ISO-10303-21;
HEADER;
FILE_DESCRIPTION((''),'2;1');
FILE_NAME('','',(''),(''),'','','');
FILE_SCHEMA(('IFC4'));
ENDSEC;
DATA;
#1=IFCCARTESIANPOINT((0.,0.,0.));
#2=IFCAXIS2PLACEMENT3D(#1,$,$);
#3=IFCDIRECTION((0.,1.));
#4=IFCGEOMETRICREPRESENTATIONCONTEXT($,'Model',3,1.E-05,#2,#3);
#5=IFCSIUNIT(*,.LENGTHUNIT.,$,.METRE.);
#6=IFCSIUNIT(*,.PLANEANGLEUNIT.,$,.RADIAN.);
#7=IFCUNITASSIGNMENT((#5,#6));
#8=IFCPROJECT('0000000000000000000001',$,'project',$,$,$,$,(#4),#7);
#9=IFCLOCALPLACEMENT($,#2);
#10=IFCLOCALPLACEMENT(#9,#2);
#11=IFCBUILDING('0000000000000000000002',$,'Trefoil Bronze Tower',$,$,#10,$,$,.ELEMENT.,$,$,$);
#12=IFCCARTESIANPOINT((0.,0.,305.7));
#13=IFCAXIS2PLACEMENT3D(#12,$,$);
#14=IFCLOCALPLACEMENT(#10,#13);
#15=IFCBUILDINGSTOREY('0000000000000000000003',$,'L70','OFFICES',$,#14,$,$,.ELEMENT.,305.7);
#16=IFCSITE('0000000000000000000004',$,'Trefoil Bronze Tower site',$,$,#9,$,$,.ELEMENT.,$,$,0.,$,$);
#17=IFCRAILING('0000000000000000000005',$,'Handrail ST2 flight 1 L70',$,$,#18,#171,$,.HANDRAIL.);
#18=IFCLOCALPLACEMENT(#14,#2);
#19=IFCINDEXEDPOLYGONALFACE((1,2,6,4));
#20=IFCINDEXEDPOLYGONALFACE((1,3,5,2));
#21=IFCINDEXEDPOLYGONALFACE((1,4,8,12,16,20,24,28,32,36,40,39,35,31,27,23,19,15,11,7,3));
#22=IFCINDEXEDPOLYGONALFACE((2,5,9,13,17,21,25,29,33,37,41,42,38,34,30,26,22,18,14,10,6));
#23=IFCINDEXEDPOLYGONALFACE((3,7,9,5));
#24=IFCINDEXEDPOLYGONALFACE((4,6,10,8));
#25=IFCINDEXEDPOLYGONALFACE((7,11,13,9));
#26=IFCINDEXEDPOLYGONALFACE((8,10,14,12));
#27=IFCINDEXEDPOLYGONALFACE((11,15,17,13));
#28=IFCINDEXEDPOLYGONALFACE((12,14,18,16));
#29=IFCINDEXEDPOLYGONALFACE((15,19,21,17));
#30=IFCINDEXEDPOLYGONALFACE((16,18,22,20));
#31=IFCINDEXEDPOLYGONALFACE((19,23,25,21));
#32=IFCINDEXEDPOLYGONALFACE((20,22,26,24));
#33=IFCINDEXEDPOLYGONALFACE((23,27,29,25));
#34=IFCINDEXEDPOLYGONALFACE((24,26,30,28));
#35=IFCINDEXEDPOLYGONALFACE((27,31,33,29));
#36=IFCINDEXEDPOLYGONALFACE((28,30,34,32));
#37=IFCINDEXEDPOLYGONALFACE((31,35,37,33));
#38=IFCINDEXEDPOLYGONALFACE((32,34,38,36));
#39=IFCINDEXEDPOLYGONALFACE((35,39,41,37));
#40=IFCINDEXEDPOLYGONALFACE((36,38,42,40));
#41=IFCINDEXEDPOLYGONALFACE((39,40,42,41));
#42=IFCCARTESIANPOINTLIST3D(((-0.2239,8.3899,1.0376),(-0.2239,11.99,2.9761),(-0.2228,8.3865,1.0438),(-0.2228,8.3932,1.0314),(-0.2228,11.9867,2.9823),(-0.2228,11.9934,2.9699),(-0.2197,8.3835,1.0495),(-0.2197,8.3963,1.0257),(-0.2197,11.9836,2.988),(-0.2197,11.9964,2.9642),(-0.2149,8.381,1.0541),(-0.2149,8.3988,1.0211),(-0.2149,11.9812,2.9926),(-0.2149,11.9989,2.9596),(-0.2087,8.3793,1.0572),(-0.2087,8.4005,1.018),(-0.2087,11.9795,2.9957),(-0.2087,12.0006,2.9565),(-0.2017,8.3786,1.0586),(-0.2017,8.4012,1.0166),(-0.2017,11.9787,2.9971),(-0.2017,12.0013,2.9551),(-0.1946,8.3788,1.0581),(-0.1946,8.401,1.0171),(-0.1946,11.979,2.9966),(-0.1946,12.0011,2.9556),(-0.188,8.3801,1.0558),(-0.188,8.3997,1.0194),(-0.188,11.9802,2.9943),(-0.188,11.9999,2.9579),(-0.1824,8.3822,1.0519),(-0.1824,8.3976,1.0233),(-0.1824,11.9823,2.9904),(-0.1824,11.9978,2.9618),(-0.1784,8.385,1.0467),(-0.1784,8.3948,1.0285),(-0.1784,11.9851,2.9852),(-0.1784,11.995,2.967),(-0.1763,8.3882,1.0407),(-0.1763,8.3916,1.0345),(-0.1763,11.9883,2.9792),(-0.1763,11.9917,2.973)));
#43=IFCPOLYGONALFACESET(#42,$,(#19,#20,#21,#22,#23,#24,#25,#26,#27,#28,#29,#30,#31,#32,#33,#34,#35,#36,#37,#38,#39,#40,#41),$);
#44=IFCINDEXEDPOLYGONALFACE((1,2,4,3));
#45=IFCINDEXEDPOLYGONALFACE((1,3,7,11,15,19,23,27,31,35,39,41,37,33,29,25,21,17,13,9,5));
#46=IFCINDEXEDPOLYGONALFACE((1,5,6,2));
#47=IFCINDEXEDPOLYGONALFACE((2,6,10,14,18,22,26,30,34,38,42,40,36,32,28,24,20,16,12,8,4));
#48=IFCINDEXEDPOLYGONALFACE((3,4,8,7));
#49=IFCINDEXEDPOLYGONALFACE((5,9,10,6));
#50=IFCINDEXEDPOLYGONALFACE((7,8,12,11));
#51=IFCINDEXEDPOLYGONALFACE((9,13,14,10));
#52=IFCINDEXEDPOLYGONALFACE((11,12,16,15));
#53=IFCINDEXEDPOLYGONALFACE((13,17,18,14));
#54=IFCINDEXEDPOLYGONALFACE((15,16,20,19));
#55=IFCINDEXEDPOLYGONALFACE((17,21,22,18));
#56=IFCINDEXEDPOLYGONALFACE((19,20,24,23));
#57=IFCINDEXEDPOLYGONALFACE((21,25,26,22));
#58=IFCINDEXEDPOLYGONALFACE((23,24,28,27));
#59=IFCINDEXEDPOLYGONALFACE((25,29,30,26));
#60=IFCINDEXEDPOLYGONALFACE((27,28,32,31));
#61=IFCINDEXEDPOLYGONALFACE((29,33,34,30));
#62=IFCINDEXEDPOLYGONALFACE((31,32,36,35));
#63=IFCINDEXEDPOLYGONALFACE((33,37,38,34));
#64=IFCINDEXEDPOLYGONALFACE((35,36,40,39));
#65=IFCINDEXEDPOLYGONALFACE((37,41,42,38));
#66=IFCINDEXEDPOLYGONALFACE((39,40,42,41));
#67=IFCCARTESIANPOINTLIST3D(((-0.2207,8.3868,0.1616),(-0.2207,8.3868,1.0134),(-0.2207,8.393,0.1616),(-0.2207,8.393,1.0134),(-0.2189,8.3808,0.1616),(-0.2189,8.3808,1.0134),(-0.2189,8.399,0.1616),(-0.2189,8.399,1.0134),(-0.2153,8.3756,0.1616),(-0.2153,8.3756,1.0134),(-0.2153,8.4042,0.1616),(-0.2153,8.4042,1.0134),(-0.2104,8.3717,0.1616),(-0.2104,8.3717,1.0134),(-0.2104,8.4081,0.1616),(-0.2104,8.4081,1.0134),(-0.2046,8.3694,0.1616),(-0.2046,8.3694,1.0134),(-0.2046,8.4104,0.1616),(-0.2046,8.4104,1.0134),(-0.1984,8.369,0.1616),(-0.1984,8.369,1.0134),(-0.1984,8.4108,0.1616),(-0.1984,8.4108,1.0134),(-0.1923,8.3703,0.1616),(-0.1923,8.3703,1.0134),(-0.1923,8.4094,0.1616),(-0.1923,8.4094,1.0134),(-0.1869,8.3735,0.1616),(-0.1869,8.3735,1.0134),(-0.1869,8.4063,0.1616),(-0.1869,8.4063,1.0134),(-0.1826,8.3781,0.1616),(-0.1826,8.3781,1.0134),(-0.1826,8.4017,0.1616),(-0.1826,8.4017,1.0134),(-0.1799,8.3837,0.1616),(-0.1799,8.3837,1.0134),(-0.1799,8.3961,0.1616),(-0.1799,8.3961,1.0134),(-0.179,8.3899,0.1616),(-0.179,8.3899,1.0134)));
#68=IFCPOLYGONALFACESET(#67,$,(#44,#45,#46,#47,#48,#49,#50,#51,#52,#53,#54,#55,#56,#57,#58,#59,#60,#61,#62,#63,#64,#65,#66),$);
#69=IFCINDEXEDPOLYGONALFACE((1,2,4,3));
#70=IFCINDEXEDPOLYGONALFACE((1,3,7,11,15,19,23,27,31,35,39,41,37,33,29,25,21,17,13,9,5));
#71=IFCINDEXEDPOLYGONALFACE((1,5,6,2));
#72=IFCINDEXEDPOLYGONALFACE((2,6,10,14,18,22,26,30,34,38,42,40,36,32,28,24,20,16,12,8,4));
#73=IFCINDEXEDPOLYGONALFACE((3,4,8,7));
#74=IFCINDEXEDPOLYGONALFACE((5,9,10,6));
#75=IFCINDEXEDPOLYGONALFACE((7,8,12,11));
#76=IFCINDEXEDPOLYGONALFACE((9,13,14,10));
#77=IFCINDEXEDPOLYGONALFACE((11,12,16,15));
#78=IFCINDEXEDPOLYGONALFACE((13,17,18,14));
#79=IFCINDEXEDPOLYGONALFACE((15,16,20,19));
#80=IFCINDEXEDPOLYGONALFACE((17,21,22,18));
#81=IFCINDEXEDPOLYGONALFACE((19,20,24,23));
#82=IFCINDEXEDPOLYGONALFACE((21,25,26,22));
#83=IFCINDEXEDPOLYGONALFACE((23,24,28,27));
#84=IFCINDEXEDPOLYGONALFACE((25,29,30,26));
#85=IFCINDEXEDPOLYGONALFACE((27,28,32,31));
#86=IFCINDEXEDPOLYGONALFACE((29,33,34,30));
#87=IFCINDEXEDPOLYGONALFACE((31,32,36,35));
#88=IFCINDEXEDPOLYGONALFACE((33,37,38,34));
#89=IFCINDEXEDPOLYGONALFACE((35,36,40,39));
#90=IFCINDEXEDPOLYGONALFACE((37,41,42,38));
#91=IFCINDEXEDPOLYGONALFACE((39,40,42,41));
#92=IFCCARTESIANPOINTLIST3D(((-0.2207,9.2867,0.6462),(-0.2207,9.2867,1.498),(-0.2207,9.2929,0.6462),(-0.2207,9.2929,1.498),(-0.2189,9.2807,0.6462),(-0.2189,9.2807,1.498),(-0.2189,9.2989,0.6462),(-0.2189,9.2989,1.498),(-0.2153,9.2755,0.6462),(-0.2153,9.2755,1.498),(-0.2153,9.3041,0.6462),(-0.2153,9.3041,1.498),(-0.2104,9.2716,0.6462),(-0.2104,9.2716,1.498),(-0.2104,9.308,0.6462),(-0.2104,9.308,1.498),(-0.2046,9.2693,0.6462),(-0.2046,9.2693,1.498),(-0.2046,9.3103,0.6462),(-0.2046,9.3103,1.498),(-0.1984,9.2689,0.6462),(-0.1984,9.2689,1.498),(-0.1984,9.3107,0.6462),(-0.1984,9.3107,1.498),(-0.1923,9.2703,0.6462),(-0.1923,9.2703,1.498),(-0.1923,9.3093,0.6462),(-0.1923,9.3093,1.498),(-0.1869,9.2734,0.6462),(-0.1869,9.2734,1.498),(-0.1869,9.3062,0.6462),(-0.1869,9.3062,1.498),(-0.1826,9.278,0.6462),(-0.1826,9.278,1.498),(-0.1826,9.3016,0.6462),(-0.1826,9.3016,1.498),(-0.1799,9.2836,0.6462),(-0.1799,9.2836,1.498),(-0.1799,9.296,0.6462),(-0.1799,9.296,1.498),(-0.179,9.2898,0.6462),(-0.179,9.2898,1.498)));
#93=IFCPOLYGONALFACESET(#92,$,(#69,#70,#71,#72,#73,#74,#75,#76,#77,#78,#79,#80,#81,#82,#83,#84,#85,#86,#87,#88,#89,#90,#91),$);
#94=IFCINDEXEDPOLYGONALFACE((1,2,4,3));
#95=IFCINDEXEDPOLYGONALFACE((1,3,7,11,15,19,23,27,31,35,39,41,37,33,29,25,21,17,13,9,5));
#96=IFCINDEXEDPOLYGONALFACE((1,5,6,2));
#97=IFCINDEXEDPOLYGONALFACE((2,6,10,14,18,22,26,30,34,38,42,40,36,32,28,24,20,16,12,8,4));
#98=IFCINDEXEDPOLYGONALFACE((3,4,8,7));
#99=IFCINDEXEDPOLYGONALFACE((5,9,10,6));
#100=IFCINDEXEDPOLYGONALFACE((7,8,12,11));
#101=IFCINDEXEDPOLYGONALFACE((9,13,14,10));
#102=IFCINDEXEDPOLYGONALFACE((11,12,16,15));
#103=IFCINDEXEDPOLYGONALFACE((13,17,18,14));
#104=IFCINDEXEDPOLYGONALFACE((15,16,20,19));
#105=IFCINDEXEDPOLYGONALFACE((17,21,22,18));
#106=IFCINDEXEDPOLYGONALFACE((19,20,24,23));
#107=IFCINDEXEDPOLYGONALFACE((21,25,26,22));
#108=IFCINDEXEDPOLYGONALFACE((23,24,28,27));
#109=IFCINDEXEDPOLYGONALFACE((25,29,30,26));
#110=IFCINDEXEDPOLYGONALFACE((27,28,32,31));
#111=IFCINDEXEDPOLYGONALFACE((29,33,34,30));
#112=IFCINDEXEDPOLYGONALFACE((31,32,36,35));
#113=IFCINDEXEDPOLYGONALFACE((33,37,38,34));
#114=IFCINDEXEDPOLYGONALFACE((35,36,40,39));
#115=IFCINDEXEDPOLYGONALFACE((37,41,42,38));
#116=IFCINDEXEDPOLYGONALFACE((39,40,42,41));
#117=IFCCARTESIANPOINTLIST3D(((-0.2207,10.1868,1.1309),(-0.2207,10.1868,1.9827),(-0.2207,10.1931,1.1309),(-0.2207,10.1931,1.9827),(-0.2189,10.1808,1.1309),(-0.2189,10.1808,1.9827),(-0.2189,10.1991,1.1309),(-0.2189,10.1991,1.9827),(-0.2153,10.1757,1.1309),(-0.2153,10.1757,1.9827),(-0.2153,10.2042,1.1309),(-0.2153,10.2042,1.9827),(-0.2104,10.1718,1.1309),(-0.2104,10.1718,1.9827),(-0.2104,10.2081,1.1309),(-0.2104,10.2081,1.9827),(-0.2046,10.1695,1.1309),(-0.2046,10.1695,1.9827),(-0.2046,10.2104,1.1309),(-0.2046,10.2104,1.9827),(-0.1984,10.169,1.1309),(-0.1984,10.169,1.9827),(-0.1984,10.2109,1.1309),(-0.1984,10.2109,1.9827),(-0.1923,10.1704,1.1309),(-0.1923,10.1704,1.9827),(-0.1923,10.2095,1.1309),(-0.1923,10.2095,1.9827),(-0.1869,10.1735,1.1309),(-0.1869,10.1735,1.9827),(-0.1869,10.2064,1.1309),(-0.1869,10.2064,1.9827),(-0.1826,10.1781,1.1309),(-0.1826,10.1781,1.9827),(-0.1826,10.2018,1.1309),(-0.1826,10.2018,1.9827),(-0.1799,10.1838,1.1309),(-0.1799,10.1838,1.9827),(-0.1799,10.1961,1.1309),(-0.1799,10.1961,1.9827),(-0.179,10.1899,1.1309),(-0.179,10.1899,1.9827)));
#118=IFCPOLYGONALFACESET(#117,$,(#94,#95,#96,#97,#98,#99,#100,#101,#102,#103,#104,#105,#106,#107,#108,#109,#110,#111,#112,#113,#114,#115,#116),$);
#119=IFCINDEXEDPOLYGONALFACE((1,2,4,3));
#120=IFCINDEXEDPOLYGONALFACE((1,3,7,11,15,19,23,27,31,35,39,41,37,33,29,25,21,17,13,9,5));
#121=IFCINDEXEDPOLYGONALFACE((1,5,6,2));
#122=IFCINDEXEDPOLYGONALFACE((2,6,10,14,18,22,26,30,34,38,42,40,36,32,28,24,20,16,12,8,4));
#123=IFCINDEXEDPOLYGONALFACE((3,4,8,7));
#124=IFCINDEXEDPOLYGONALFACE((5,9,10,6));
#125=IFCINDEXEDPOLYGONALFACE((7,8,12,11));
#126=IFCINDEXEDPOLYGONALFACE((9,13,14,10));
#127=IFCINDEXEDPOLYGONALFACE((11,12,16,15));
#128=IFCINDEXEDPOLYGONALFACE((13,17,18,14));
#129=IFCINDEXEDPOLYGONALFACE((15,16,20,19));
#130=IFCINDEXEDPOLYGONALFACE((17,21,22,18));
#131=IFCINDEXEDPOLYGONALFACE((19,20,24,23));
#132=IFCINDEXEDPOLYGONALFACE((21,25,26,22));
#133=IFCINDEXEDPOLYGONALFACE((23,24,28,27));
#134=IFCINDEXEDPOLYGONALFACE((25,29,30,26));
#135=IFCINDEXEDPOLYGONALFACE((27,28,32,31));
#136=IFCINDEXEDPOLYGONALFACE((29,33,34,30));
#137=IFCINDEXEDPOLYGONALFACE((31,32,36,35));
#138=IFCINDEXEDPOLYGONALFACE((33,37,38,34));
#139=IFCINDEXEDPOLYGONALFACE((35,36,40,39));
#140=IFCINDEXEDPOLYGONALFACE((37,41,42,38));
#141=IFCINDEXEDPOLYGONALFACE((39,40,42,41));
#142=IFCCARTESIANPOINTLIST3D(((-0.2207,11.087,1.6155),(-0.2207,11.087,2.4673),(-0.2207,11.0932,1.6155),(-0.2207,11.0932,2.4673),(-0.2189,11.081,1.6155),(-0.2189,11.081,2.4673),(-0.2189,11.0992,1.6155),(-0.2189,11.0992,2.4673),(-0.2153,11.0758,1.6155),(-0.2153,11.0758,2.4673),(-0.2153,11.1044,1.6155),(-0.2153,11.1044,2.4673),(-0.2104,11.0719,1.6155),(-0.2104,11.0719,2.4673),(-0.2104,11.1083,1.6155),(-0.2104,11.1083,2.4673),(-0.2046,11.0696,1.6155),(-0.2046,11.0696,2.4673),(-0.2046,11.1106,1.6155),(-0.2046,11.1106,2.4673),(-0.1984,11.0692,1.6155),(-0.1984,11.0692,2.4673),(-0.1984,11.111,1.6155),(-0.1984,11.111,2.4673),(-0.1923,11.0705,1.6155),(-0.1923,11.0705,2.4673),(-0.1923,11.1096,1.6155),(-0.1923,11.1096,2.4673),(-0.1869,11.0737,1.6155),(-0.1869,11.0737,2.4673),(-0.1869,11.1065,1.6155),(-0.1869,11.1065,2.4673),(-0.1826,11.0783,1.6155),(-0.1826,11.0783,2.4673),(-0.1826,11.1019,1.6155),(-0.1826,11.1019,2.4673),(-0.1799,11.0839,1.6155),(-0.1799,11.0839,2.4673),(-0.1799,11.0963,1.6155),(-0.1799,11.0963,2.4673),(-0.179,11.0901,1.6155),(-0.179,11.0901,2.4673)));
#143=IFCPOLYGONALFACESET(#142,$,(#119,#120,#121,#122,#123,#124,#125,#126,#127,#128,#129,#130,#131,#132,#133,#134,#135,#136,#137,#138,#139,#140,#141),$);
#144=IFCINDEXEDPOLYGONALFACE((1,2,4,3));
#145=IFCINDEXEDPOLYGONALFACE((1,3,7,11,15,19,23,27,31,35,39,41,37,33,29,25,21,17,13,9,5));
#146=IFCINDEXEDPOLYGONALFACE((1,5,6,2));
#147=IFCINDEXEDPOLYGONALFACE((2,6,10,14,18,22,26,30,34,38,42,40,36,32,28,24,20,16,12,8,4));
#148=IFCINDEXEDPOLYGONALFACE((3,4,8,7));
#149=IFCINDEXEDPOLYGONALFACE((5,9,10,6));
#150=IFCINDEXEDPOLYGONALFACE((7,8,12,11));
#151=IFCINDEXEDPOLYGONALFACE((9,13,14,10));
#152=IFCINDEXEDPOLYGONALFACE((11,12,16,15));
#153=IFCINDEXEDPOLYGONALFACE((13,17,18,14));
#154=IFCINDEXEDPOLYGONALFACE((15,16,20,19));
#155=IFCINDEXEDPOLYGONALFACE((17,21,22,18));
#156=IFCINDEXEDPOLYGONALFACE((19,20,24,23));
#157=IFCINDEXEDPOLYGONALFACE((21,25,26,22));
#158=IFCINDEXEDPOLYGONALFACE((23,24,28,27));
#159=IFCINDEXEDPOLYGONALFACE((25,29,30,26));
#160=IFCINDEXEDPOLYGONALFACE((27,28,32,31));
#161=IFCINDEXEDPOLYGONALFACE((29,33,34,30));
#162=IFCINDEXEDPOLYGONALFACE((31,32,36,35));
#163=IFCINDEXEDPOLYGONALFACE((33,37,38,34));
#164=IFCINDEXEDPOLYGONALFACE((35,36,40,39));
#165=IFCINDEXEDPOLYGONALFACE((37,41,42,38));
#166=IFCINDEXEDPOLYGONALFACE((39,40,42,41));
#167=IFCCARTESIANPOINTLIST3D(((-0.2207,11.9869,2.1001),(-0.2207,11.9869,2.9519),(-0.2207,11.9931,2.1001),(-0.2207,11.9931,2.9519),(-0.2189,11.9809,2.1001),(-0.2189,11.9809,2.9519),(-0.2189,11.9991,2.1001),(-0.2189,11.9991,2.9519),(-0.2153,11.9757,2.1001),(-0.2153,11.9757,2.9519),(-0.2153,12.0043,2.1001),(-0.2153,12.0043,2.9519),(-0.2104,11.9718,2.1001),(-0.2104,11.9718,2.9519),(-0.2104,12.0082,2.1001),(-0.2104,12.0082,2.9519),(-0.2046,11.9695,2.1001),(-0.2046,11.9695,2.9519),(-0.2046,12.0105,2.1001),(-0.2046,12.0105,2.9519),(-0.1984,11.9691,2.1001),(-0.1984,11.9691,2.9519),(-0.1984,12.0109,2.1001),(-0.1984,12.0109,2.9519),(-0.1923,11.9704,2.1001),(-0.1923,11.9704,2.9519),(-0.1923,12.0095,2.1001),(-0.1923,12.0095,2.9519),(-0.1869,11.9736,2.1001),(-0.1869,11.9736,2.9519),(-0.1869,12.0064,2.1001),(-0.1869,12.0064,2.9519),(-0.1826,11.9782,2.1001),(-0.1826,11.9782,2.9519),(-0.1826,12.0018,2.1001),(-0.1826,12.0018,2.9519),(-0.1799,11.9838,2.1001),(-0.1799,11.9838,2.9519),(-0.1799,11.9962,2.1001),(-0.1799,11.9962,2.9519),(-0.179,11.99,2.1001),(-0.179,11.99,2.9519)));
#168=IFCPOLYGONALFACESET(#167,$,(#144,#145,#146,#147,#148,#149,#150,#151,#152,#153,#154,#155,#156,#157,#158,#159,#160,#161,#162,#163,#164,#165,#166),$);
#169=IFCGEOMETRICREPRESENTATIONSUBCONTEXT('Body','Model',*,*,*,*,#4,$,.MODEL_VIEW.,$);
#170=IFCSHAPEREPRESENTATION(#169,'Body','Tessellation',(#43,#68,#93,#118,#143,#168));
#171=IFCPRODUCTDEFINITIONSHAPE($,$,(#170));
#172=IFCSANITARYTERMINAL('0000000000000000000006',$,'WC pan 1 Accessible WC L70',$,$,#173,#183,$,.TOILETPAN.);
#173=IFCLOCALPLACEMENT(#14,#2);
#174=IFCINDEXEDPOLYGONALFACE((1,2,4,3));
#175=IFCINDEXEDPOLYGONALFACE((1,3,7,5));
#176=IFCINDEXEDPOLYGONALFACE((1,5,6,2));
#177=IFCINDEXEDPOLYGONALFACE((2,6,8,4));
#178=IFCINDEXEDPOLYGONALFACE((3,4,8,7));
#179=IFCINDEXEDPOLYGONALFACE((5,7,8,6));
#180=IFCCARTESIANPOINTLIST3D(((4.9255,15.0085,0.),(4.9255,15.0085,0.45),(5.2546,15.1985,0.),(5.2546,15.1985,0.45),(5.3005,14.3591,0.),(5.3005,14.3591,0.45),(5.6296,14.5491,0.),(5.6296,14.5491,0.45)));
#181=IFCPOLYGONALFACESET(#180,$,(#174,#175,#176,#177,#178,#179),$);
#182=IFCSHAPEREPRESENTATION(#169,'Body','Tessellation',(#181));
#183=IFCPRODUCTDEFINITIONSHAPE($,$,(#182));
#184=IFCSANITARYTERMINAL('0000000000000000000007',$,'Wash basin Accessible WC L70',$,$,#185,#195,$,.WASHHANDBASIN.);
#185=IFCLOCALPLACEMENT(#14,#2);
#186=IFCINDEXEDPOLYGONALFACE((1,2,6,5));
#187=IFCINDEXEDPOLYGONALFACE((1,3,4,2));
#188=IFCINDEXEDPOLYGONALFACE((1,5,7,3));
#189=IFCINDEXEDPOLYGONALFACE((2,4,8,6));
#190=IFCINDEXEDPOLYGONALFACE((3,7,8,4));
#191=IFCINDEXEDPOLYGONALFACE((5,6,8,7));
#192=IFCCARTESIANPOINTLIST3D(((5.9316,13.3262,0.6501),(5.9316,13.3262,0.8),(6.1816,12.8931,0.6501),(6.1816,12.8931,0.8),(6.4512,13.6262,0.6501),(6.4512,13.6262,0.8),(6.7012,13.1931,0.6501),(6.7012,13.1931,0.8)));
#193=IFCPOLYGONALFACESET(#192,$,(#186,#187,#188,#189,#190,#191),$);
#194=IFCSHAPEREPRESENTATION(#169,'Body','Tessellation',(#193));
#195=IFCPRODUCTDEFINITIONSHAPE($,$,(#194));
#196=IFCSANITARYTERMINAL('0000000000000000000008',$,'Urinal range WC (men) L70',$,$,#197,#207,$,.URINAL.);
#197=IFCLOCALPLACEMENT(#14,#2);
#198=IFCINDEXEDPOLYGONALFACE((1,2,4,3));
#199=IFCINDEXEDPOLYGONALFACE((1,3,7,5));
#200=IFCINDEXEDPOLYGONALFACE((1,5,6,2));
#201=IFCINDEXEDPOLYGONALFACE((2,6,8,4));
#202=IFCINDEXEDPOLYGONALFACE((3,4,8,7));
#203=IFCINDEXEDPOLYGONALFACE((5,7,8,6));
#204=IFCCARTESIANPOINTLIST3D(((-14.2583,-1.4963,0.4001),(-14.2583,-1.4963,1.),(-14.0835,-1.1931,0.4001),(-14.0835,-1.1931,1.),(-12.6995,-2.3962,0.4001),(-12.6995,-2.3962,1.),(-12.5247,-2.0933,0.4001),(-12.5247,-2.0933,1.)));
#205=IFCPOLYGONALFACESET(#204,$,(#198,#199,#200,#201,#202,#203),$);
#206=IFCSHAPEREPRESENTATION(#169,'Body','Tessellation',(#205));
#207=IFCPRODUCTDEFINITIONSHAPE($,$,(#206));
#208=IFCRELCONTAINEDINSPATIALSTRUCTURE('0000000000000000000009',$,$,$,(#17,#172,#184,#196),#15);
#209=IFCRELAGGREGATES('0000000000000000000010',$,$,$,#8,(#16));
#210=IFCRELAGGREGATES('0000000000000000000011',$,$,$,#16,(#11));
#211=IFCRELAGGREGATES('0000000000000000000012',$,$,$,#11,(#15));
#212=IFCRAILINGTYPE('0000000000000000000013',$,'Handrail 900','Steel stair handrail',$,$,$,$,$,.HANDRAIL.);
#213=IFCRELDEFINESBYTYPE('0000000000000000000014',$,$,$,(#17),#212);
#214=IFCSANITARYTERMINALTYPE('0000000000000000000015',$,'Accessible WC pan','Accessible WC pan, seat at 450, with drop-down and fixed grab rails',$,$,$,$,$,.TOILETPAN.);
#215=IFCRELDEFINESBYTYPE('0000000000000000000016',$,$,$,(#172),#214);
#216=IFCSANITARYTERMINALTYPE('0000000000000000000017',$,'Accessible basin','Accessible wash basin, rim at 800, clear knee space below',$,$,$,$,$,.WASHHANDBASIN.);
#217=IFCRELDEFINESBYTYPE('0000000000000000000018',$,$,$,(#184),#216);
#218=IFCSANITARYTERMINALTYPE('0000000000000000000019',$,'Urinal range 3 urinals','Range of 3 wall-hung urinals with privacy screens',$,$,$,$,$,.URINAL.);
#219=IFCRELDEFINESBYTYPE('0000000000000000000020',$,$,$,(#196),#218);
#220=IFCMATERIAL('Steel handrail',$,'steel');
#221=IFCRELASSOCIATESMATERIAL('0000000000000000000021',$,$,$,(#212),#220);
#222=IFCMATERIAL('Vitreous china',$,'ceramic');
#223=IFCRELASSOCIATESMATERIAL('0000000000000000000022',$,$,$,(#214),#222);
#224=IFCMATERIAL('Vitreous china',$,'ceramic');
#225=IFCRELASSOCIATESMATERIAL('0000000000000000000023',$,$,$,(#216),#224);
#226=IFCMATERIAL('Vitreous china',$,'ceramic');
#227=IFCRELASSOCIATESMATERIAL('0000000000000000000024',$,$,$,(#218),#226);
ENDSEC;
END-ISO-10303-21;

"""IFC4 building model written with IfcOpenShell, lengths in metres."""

from ifc_helpers import new_model, si_unit, direction, frame, origin, origin_2d, place, context, subcontext, project, spatial, polyline, circle, outline, extrude, material, type_object, element, save


model = new_model("IFC4")

# Units and contexts
model_context = context("Model", 3, precision=1e-05, world=origin(), true_north=direction((0.0, 1.0)))
body_context = subcontext(model_context, "Body", "Model", "MODEL_VIEW")
ifc_project = project(units=[si_unit("LENGTHUNIT", "METRE"), si_unit("PLANEANGLEUNIT", "RADIAN")], contexts=[model_context])

# Site, building, storey
site_placement = place(None, origin())
site = spatial("IfcSite", under=ifc_project, at=site_placement, Name="Trefoil Bronze Tower site", CompositionType="ELEMENT", RefElevation=0.0)
building_placement = place(site_placement, origin())
building = spatial("IfcBuilding", under=site, at=building_placement, Name="Trefoil Bronze Tower", CompositionType="ELEMENT")
storey_placement = place(building_placement, frame((0.0, 0.0, 305.7)))
storey = spatial("IfcBuildingStorey", under=building, at=storey_placement, Name="L70", Description="OFFICES", CompositionType="ELEMENT", Elevation=305.7)

# Railing
ifc_material_1 = material(Name="Steel handrail", Category="steel")
railing_type = type_object("IfcRailingType", Name="Handrail 900", Description="Steel stair handrail", PredefinedType="HANDRAIL", material=ifc_material_1)
railing_placement = place(storey_placement, frame((-0.2, 8.3899, 0.1616)))
element("IfcRailing", 1, at=railing_placement, inside=storey, type_object=railing_type, Name="Handrail ST2 flight 1 L70", PredefinedType="HANDRAIL", context=body_context, shape_type="SweptSolid", body=[
    extrude(circle(Radius=0.0239, at=origin_2d()), frame((0.0, 0.0, 0.876), z_axis=(0.0, 0.880475, 0.474093), x_axis=(-1.0, 0.0, 0.0)), (0.0, 0.0, 1.0), 4.0889),
    extrude(circle(Radius=0.021, at=origin_2d()), origin(), (0.0, 0.0, 1.0), 0.8518),
    extrude(circle(Radius=0.021, at=origin_2d()), frame((0.0, 0.8999, 0.4846)), (0.0, 0.0, 1.0), 0.8518),
    extrude(circle(Radius=0.021, at=origin_2d()), frame((0.0, 1.8, 0.9692)), (0.0, 0.0, 1.0), 0.8518),
    extrude(circle(Radius=0.021, at=origin_2d()), frame((0.0, 2.7002, 1.4539)), (0.0, 0.0, 1.0), 0.8518),
    extrude(circle(Radius=0.021, at=origin_2d()), frame((0.0, 3.6001, 1.9385)), (0.0, 0.0, 1.0), 0.8518),
])

# Sanitary terminals
ifc_material_2 = material(Name="Vitreous china", Category="ceramic")
sanitary_terminal_type_1 = type_object("IfcSanitaryTerminalType", Name="Accessible WC pan", Description="Accessible WC pan, seat at 450, with drop-down and fixed grab rails", PredefinedType="TOILETPAN", material=ifc_material_2)
sanitary_terminal_1_placement = place(storey_placement, origin())
element("IfcSanitaryTerminal", 2, at=sanitary_terminal_1_placement, inside=storey, type_object=sanitary_terminal_type_1, Name="WC pan 1 Accessible WC L70", PredefinedType="TOILETPAN", context=body_context, shape_type="SweptSolid", body=[
    extrude(outline(polyline([(5.3005, 14.3591), (4.9255, 15.0085), (5.2546, 15.1985), (5.6296, 14.5491), (5.3005, 14.3591)])), origin(), (0.0, 0.0, 1.0), 0.45),
])
ifc_material_3 = material(Name="Vitreous china", Category="ceramic")
sanitary_terminal_type_2 = type_object("IfcSanitaryTerminalType", Name="Accessible basin", Description="Accessible wash basin, rim at 800, clear knee space below", PredefinedType="WASHHANDBASIN", material=ifc_material_3)
sanitary_terminal_2_placement = place(storey_placement, frame((0.0, 0.0, 0.6501)))
element("IfcSanitaryTerminal", 3, at=sanitary_terminal_2_placement, inside=storey, type_object=sanitary_terminal_type_2, Name="Wash basin Accessible WC L70", PredefinedType="WASHHANDBASIN", context=body_context, shape_type="SweptSolid", body=[
    extrude(outline(polyline([(6.1816, 12.8931), (5.9316, 13.3262), (6.4512, 13.6262), (6.7012, 13.1931), (6.1816, 12.8931)])), origin(), (0.0, 0.0, 1.0), 0.1499),
])
ifc_material_4 = material(Name="Vitreous china", Category="ceramic")
sanitary_terminal_type_3 = type_object("IfcSanitaryTerminalType", Name="Urinal range 3 urinals", Description="Range of 3 wall-hung urinals with privacy screens", PredefinedType="URINAL", material=ifc_material_4)
sanitary_terminal_3_placement = place(storey_placement, frame((0.0, 0.0, 0.4001)))
element("IfcSanitaryTerminal", 4, at=sanitary_terminal_3_placement, inside=storey, type_object=sanitary_terminal_type_3, Name="Urinal range WC (men) L70", PredefinedType="URINAL", context=body_context, shape_type="SweptSolid", body=[
    extrude(outline(polyline([(-12.5247, -2.0933), (-12.6995, -2.3962), (-14.2583, -1.4963), (-14.0835, -1.1931), (-12.5247, -2.0933)])), origin(), (0.0, 0.0, 1.0), 0.5999),
])

save(model, "model.ifc")
